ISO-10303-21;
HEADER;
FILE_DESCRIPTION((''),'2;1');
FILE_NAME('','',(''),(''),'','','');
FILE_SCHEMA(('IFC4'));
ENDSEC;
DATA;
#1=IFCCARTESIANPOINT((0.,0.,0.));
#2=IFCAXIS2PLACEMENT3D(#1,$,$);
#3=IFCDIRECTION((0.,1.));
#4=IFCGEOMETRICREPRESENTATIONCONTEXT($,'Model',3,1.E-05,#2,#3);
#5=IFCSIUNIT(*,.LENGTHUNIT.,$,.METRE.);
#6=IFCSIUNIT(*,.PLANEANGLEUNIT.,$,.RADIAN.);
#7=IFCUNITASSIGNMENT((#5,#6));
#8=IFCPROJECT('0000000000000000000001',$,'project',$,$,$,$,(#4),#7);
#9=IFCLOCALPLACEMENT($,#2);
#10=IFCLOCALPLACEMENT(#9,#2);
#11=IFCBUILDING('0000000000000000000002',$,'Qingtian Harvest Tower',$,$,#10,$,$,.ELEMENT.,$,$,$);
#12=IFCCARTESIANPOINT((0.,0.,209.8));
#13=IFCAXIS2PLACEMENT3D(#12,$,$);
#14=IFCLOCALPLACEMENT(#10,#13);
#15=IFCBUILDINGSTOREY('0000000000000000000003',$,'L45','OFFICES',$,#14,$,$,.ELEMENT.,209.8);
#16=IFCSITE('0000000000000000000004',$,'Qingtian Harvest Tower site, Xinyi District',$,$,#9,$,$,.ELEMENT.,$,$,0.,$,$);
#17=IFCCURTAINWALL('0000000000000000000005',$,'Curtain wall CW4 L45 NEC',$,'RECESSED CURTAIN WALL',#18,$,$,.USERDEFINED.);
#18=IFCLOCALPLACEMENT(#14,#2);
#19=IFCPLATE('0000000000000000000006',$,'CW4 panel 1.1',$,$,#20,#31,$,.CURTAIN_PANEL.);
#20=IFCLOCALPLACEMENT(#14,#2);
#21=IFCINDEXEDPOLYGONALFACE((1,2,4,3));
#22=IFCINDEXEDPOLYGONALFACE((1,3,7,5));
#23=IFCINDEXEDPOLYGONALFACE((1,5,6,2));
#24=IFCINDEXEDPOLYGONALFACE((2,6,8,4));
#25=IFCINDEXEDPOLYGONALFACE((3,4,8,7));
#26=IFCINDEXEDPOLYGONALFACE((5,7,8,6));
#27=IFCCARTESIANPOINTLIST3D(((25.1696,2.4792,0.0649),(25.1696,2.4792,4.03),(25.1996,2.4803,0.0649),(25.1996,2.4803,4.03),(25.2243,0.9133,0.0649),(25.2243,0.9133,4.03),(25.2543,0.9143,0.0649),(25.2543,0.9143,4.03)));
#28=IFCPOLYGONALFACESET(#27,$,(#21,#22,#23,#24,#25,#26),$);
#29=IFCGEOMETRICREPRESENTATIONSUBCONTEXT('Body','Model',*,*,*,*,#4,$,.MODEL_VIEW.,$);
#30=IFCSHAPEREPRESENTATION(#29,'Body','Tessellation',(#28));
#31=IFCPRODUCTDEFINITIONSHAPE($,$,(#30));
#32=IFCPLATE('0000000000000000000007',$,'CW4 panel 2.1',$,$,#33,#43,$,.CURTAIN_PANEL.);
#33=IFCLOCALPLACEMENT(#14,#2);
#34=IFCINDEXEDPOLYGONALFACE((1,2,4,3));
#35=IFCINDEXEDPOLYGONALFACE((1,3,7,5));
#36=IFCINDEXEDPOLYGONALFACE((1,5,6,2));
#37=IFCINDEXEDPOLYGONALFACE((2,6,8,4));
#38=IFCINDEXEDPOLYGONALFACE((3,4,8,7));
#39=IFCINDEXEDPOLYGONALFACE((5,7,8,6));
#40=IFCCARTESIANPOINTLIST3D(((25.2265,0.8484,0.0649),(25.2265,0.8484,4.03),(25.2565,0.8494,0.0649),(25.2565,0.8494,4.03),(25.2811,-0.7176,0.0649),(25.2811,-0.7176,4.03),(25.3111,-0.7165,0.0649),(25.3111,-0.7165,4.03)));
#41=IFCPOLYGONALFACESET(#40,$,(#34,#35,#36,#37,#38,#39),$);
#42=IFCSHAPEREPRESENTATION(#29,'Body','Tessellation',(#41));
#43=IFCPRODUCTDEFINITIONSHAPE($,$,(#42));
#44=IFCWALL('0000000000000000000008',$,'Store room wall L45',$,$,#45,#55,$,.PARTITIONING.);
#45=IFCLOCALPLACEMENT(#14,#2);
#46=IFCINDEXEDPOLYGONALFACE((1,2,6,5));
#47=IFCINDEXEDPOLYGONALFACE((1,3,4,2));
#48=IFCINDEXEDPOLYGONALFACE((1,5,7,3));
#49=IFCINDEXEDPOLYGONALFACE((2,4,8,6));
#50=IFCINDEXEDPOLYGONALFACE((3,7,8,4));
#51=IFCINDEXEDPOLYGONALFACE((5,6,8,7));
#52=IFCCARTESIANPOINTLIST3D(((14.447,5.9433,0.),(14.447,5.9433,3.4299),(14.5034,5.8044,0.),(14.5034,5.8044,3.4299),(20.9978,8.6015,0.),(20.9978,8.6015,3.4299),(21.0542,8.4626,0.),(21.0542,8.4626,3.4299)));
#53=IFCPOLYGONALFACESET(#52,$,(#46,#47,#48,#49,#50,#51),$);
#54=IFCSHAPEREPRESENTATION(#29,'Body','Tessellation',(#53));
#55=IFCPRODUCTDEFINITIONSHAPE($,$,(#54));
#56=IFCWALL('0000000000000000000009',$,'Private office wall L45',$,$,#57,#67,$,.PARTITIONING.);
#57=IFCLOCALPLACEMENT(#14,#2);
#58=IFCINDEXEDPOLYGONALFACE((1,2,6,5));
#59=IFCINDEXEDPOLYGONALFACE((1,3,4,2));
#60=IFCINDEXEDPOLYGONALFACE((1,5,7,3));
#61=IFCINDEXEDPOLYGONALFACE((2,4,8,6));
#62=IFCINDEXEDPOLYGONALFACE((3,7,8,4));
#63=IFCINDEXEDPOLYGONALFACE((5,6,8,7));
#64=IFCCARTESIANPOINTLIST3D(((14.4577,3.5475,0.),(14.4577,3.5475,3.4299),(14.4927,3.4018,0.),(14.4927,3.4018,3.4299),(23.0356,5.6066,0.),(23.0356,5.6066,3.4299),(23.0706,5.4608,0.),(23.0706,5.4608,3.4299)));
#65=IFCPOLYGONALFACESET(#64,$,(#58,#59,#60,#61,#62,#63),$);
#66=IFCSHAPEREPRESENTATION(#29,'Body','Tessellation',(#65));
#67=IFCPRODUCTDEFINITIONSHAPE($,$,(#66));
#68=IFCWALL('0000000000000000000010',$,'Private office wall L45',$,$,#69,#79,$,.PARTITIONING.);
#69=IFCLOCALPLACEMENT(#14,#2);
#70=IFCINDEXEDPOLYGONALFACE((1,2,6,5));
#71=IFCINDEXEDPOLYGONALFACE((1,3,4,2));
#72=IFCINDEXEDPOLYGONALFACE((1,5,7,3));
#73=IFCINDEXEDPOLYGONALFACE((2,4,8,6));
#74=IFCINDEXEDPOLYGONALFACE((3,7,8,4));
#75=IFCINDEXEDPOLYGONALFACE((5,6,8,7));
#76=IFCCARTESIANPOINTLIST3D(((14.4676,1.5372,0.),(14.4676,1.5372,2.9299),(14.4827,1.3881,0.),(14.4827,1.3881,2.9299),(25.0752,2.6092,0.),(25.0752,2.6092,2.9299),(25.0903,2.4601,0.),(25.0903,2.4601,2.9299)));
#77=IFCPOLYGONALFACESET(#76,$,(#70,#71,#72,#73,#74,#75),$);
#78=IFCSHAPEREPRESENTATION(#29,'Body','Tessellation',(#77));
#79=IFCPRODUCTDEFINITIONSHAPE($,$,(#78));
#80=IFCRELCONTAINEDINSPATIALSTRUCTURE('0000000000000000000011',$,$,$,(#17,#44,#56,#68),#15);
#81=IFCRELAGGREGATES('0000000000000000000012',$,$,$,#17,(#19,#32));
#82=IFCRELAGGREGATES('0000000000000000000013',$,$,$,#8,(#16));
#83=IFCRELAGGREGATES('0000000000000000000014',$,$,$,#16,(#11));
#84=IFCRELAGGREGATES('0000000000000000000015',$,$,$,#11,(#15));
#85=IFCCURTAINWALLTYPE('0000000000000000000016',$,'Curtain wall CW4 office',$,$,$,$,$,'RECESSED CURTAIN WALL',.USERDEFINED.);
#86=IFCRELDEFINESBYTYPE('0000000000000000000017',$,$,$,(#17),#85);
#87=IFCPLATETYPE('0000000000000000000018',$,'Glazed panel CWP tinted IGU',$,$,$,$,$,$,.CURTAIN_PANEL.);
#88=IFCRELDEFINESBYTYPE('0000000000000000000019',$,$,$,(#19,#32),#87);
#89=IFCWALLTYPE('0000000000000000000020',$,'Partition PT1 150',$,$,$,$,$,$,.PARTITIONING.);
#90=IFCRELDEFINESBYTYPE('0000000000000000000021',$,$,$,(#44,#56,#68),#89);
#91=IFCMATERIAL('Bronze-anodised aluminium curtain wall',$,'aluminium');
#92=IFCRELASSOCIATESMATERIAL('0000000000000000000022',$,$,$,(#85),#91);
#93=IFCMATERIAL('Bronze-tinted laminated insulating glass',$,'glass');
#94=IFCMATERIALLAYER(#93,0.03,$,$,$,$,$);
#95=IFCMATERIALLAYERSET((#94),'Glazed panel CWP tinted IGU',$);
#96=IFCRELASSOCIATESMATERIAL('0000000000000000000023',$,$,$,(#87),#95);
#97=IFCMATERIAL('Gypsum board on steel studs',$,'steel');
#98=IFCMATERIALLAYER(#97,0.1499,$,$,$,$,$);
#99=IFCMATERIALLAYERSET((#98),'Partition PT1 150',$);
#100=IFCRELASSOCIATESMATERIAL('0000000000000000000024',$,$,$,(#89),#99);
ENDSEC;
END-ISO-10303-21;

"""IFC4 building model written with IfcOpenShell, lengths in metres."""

from ifc_helpers import new_model, si_unit, direction, frame, frame_2d, origin, origin_2d, place, context, subcontext, project, spatial, rectangle, extrude, material, layer, layer_set, type_object, element, aggregate, save


model = new_model("IFC4")

# Units and contexts
model_context = context("Model", 3, precision=1e-05, world=origin(), true_north=direction((0.0, 1.0)))
body_context = subcontext(model_context, "Body", "Model", "MODEL_VIEW")
ifc_project = project(units=[si_unit("LENGTHUNIT", "METRE"), si_unit("PLANEANGLEUNIT", "RADIAN")], contexts=[model_context])

# Site, building, storey
site_placement = place(None, origin())
site = spatial("IfcSite", under=ifc_project, at=site_placement, Name="Qingtian Harvest Tower site, Xinyi District", CompositionType="ELEMENT", RefElevation=0.0)
building_placement = place(site_placement, origin())
building = spatial("IfcBuilding", under=site, at=building_placement, Name="Qingtian Harvest Tower", CompositionType="ELEMENT")
storey_placement = place(building_placement, frame((0.0, 0.0, 209.8)))
storey = spatial("IfcBuildingStorey", under=building, at=storey_placement, Name="L45", Description="OFFICES", CompositionType="ELEMENT", Elevation=209.8)

# Curtain wall
ifc_material_1 = material(Name="Bronze-anodised aluminium curtain wall", Category="aluminium")
curtain_wall_type = type_object("IfcCurtainWallType", Name="Curtain wall CW4 office", ElementType="RECESSED CURTAIN WALL", PredefinedType="USERDEFINED", material=ifc_material_1)
curtain_wall_1_placement = place(storey_placement, origin())
curtain_wall_1 = element("IfcCurtainWall", 1, at=curtain_wall_1_placement, inside=storey, type_object=curtain_wall_type, Name="Curtain wall CW4 L45 NEC", ObjectType="RECESSED CURTAIN WALL", PredefinedType="USERDEFINED")

# Plates
ifc_material_2 = material(Name="Bronze-tinted laminated insulating glass", Category="glass")
ifc_layer_1 = layer(ifc_material_2, 0.03)
ifc_layer_set_1 = layer_set([ifc_layer_1], Name="Glazed panel CWP tinted IGU")
plate_type = type_object("IfcPlateType", Name="Glazed panel CWP tinted IGU", PredefinedType="CURTAIN_PANEL", material=ifc_layer_set_1)
plate_1_placement = place(storey_placement, frame((25.2119, 1.6968, 0.0649), z_axis=(0.0, 0.0, 1.0), x_axis=(0.034899, -0.999391, 0.0)))
plate_1 = element("IfcPlate", 2, at=plate_1_placement, type_object=plate_type, Name="CW4 panel 1.1", PredefinedType="CURTAIN_PANEL", context=body_context, shape_type="SweptSolid", body=[
    extrude(rectangle(XDim=1.5669, YDim=0.03, at=origin_2d()), origin(), (0.0, 0.0, 1.0), 3.9651),
])
plate_2_placement = place(storey_placement, frame((25.2688, 0.0659, 0.0649), z_axis=(0.0, 0.0, 1.0), x_axis=(0.034899, -0.999391, 0.0)))
plate_2 = element("IfcPlate", 3, at=plate_2_placement, type_object=plate_type, Name="CW4 panel 2.1", PredefinedType="CURTAIN_PANEL", context=body_context, shape_type="SweptSolid", body=[
    extrude(rectangle(XDim=1.5669, YDim=0.03, at=origin_2d()), origin(), (0.0, 0.0, 1.0), 3.9651),
])
aggregate(curtain_wall_1, [plate_1, plate_2])

# Wall
ifc_material_3 = material(Name="Gypsum board on steel studs", Category="steel")
ifc_layer_2 = layer(ifc_material_3, 0.1499)
ifc_layer_set_2 = layer_set([ifc_layer_2], Name="Partition PT1 150")
wall_type = type_object("IfcWallType", Name="Partition PT1 150", PredefinedType="PARTITIONING", material=ifc_layer_set_2)
wall_1_placement = place(storey_placement, frame((21.0259, 8.532, 0.0), z_axis=(0.0, 0.0, 1.0), x_axis=(-0.926617, -0.376006, 0.0)))
element("IfcWall", 4, at=wall_1_placement, inside=storey, type_object=wall_type, Name="Store room wall L45", PredefinedType="PARTITIONING", context=body_context, shape_type="SweptSolid", body=[
    extrude(rectangle(XDim=7.0696, YDim=0.1499, at=frame_2d((3.5347, 0.0))), origin(), (0.0, 0.0, 1.0), 3.4299),
])

# Wall
wall_2_placement = place(storey_placement, frame((23.053, 5.5337, 0.0), z_axis=(0.0, 0.0, 1.0), x_axis=(-0.972377, -0.233415, 0.0)))
element("IfcWall", 5, at=wall_2_placement, inside=storey, type_object=wall_type, Name="Private office wall L45", PredefinedType="PARTITIONING", context=body_context, shape_type="SweptSolid", body=[
    extrude(rectangle(XDim=8.8215, YDim=0.1499, at=frame_2d((4.4106, 0.0))), origin(), (0.0, 0.0, 1.0), 3.4299),
])

# Wall
wall_3_placement = place(storey_placement, frame((25.0828, 2.5347, 0.0), z_axis=(0.0, 0.0, 1.0), x_axis=(-0.994932, -0.100549, 0.0)))
element("IfcWall", 6, at=wall_3_placement, inside=storey, type_object=wall_type, Name="Private office wall L45", PredefinedType="PARTITIONING", context=body_context, shape_type="SweptSolid", body=[
    extrude(rectangle(XDim=10.6616, YDim=0.1499, at=frame_2d((5.3308, 0.0))), origin(), (0.0, 0.0, 1.0), 2.9299),
])

save(model, "model.ifc")
